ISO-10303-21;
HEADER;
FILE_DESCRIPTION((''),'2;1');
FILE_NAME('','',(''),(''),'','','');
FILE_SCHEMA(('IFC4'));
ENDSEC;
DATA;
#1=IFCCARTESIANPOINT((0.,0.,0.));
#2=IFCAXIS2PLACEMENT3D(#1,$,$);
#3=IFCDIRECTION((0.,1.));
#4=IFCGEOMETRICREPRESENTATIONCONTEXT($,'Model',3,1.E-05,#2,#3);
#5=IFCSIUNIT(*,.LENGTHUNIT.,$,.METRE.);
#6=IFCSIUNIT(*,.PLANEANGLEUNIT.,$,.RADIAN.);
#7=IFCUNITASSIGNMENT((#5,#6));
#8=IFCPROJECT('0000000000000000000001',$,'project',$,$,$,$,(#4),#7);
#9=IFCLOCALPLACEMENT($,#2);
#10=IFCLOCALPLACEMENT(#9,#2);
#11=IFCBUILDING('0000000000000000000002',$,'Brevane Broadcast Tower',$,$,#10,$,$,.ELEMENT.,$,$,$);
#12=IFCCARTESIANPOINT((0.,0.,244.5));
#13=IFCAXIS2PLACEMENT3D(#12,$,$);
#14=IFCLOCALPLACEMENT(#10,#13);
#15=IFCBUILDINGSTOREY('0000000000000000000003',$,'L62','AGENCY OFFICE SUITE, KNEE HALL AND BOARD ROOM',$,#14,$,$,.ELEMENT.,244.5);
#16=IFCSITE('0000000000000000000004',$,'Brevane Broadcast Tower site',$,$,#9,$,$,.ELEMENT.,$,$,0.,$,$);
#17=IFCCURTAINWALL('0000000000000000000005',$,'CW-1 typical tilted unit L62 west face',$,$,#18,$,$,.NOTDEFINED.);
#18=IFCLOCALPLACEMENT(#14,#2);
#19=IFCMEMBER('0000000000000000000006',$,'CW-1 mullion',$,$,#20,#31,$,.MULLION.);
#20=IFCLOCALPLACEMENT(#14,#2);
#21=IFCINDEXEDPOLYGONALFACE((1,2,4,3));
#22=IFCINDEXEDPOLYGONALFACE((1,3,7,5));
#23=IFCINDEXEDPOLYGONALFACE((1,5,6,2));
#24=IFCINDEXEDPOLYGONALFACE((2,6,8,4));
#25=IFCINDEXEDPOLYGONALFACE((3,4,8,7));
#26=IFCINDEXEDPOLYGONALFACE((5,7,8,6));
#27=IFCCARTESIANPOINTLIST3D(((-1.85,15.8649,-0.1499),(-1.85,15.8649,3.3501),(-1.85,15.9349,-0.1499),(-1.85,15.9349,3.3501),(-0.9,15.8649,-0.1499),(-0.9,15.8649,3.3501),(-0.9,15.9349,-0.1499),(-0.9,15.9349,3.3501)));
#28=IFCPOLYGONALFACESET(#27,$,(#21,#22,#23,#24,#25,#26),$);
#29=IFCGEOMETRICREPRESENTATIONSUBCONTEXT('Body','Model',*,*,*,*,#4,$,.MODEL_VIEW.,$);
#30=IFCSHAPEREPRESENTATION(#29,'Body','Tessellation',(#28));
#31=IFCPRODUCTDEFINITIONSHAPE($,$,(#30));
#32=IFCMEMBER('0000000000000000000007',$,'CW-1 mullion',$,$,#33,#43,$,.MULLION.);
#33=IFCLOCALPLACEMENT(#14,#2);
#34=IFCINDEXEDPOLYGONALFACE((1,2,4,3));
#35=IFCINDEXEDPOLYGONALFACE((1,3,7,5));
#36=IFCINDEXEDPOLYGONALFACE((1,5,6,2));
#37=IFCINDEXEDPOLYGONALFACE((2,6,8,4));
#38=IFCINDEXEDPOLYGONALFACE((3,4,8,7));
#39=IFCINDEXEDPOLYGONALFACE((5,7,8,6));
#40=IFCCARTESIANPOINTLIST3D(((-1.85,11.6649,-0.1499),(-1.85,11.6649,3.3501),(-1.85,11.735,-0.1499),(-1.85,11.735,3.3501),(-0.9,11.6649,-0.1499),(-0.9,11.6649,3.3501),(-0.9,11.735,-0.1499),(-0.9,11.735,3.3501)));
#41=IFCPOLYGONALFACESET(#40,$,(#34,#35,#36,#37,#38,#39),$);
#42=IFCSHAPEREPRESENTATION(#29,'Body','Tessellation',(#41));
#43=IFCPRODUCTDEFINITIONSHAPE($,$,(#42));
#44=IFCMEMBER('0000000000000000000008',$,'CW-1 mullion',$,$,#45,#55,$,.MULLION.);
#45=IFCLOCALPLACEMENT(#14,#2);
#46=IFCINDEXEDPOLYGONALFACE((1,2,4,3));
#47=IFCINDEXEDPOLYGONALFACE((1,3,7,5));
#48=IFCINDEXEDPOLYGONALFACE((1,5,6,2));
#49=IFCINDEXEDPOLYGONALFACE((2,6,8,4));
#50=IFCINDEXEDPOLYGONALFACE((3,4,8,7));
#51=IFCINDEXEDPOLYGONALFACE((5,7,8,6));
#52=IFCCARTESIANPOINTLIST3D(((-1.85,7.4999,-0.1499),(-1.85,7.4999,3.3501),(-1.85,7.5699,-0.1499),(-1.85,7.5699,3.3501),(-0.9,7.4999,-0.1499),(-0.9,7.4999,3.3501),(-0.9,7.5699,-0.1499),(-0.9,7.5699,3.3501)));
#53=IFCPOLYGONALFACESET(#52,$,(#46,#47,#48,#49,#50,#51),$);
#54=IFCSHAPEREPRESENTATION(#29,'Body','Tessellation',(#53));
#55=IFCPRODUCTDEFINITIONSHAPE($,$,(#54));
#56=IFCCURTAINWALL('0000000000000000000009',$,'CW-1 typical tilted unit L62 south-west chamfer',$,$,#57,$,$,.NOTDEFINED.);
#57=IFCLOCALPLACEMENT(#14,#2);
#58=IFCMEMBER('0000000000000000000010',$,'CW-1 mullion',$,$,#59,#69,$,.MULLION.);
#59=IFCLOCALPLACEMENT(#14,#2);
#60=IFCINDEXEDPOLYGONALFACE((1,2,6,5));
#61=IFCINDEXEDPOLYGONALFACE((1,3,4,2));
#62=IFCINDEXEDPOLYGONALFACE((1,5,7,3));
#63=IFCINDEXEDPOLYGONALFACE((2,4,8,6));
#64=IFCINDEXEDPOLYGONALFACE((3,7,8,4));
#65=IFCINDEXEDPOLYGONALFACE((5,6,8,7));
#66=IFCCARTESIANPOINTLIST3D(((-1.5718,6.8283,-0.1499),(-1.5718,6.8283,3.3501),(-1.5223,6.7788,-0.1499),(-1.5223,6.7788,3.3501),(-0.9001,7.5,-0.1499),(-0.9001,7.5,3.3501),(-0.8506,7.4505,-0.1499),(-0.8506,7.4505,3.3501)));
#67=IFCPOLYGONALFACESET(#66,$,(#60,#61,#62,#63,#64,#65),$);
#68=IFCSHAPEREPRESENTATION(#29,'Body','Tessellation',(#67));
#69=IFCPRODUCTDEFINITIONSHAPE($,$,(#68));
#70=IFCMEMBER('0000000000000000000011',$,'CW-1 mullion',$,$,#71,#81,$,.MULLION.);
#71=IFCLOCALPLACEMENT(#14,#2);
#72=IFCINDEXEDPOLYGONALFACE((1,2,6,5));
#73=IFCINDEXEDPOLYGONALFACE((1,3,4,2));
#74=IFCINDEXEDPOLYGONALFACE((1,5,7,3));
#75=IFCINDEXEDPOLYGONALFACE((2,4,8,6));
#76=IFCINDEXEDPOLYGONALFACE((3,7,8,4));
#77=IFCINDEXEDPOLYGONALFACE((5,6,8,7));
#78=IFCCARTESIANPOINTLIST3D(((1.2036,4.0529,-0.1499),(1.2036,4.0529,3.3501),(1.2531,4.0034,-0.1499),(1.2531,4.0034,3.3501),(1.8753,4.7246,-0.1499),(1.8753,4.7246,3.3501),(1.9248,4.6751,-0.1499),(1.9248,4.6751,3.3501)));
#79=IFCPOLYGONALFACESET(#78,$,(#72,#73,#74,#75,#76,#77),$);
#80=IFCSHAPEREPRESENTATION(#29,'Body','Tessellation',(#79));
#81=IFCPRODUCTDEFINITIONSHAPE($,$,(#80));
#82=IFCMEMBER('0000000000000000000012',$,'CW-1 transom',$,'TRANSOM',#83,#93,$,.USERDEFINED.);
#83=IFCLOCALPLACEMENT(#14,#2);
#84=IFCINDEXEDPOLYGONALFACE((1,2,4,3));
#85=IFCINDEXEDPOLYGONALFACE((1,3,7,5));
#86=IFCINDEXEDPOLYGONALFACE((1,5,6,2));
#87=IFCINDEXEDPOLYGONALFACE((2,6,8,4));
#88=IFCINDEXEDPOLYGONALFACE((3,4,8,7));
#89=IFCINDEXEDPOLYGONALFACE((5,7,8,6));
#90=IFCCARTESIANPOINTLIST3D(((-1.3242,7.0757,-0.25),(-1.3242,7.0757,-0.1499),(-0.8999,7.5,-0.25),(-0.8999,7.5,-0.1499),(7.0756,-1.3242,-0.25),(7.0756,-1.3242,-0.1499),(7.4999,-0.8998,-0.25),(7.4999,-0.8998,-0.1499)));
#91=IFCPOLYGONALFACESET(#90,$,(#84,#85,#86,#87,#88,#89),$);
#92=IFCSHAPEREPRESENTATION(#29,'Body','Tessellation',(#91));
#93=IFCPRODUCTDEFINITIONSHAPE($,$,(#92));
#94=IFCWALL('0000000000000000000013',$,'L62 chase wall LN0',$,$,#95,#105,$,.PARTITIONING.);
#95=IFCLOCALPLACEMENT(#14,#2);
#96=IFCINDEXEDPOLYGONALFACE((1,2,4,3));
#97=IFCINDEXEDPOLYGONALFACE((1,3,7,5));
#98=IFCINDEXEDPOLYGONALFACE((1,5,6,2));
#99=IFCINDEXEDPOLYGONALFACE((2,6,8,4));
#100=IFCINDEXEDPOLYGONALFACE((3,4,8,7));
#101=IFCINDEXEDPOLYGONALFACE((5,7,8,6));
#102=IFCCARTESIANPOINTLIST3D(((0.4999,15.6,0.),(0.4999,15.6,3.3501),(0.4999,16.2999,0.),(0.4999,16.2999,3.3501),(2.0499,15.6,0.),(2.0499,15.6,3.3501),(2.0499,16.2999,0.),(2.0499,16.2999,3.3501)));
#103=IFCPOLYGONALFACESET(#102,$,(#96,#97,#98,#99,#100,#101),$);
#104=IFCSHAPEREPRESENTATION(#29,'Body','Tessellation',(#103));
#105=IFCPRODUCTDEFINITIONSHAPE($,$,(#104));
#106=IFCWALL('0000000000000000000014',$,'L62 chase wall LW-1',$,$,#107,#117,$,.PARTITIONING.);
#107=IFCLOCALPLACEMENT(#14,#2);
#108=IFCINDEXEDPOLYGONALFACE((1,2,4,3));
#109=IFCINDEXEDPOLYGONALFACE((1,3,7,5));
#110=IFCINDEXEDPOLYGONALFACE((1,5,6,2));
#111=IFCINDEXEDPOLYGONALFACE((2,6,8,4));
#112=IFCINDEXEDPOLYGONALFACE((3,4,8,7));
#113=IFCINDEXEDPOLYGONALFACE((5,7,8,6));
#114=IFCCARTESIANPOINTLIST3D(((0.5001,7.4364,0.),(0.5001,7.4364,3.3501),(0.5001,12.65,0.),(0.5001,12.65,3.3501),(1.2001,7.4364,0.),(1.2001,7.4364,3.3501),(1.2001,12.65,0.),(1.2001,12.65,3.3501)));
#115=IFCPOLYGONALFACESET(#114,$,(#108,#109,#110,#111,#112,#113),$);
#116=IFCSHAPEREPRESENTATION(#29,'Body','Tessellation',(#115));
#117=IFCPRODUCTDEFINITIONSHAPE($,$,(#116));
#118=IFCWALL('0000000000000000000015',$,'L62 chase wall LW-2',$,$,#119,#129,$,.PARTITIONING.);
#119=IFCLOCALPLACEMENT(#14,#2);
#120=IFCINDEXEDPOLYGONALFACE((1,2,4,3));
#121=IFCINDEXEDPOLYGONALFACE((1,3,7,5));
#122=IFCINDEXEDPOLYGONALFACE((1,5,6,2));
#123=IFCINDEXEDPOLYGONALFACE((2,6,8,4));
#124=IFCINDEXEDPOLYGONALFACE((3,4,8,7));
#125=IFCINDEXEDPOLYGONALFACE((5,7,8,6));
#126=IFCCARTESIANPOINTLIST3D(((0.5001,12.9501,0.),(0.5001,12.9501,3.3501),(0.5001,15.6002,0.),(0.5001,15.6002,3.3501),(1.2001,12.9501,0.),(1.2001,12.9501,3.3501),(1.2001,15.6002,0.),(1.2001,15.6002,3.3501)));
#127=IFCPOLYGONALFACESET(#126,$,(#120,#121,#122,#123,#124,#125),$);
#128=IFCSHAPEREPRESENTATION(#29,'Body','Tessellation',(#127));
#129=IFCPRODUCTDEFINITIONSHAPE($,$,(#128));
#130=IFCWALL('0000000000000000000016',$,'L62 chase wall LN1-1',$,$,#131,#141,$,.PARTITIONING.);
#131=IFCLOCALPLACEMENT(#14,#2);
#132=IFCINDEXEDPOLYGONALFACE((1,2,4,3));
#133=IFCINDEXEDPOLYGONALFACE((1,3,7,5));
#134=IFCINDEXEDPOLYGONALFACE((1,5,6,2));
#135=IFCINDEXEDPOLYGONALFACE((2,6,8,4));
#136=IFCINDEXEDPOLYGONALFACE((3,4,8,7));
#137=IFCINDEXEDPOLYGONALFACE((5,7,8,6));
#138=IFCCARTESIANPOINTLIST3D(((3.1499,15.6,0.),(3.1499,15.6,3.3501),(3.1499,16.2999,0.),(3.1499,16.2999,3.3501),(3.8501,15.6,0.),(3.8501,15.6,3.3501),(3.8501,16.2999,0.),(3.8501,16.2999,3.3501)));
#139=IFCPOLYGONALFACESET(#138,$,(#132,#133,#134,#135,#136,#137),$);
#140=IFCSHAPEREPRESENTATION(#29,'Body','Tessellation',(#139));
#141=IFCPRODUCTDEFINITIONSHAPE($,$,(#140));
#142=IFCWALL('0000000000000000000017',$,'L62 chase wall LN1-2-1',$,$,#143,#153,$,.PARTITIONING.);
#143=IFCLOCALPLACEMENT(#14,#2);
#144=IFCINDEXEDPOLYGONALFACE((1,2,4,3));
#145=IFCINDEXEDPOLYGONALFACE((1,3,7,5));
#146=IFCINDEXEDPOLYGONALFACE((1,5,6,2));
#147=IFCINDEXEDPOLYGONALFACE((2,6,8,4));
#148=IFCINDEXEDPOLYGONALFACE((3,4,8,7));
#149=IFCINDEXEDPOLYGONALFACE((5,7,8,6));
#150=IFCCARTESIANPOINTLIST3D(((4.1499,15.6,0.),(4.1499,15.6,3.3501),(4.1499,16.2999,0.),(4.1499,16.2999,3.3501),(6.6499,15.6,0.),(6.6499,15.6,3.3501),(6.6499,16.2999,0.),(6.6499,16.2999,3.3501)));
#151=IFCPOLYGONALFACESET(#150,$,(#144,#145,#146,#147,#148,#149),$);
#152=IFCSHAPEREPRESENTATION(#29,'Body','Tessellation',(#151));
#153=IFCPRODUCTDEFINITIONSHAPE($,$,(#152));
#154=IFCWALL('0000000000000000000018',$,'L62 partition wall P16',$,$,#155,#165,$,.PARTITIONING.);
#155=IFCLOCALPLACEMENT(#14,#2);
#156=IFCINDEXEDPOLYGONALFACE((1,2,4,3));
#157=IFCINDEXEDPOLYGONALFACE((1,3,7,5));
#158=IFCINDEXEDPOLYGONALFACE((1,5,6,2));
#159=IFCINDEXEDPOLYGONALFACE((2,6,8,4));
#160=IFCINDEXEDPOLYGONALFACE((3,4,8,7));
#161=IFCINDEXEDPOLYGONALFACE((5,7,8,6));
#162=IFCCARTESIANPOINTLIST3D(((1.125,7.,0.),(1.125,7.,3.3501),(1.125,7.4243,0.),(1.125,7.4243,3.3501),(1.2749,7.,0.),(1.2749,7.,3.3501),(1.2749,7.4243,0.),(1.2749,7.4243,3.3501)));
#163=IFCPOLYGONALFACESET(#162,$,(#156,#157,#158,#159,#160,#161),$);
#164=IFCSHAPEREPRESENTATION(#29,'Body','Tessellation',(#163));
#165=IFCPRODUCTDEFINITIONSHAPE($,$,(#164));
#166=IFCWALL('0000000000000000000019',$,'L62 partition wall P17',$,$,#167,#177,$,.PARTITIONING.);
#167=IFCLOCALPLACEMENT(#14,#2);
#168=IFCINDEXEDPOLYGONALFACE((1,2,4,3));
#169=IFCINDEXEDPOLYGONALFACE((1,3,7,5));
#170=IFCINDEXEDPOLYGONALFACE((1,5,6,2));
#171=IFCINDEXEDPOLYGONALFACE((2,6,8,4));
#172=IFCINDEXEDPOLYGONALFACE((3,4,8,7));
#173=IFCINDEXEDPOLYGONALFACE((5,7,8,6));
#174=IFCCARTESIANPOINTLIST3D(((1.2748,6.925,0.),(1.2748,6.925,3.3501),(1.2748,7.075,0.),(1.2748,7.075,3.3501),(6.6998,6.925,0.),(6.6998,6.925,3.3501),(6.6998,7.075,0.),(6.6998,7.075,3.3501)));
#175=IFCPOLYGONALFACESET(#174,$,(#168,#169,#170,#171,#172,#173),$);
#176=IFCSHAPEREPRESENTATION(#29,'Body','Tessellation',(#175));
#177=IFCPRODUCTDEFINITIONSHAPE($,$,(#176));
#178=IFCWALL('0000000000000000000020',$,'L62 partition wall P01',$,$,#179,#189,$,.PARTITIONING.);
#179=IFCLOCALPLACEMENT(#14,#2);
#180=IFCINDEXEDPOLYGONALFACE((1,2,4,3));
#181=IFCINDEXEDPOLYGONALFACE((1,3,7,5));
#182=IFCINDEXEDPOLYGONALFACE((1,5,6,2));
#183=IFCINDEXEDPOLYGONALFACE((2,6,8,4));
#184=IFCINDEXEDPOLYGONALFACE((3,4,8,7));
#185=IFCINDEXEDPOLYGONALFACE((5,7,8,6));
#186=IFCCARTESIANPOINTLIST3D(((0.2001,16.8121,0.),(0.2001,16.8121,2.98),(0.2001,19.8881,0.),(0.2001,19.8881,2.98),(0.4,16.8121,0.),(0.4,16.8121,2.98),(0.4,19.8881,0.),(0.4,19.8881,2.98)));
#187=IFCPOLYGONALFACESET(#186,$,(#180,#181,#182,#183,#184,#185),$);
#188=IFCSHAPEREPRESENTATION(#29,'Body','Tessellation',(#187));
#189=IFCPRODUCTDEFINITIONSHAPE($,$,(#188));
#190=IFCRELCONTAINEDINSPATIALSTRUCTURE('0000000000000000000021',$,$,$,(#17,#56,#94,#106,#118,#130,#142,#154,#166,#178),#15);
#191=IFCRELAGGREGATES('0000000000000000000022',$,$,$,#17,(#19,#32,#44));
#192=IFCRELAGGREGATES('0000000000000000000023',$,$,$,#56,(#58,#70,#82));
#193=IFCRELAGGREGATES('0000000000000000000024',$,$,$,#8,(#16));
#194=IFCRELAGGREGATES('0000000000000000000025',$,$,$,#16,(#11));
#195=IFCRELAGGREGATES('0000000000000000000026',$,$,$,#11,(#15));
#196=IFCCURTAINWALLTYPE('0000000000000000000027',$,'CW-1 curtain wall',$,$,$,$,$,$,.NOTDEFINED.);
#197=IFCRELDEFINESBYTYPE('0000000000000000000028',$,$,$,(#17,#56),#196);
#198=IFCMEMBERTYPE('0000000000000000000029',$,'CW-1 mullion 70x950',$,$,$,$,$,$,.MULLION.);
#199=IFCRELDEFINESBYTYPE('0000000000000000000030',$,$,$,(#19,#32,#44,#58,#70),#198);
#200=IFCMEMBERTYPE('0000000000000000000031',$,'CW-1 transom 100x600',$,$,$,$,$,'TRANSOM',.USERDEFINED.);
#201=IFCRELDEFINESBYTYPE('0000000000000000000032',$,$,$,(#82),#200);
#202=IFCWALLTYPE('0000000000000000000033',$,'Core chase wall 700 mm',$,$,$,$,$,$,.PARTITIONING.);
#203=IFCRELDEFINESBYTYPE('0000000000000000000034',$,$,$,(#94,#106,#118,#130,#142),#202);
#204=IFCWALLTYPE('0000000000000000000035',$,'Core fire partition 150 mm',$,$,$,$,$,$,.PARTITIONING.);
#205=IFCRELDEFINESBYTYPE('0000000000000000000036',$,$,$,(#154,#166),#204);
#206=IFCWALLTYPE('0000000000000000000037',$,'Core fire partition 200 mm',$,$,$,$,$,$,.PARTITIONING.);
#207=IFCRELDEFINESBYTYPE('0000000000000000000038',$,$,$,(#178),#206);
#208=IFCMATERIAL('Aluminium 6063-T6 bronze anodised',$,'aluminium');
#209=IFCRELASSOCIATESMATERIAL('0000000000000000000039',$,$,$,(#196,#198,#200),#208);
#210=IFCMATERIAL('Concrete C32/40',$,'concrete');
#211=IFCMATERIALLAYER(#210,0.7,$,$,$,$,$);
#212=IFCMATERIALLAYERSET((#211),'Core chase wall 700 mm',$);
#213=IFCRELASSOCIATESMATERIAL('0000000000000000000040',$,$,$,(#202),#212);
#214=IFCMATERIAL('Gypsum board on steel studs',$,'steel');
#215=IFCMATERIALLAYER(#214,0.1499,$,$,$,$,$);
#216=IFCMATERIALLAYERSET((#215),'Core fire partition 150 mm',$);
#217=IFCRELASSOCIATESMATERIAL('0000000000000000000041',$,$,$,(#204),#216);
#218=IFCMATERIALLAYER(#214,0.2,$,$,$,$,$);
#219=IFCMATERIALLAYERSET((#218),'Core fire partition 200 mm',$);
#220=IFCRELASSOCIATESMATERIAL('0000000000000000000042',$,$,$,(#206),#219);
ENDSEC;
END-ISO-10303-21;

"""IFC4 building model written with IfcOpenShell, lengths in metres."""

from ifc_helpers import new_model, si_unit, direction, frame, frame_2d, origin, origin_2d, place, context, subcontext, project, spatial, rectangle, extrude, material, layer, layer_set, material_profile, profile_set, type_object, element, aggregate, save


model = new_model("IFC4")

# Units and contexts
model_context = context("Model", 3, precision=1e-05, world=origin(), true_north=direction((0.0, 1.0)))
body_context = subcontext(model_context, "Body", "Model", "MODEL_VIEW")
ifc_project = project(units=[si_unit("LENGTHUNIT", "METRE"), si_unit("PLANEANGLEUNIT", "RADIAN")], contexts=[model_context])

# Site, building, storey
site_placement = place(None, origin())
site = spatial("IfcSite", under=ifc_project, at=site_placement, Name="Brevane Broadcast Tower site", CompositionType="ELEMENT", RefElevation=0.0)
building_placement = place(site_placement, origin())
building = spatial("IfcBuilding", under=site, at=building_placement, Name="Brevane Broadcast Tower", CompositionType="ELEMENT")
storey_placement = place(building_placement, frame((0.0, 0.0, 244.5)))
storey = spatial("IfcBuildingStorey", under=building, at=storey_placement, Name="L62", Description="AGENCY OFFICE SUITE, KNEE HALL AND BOARD ROOM", CompositionType="ELEMENT", Elevation=244.5)

# Curtain walls, members
ifc_material_1 = material(Name="Aluminium 6063-T6 bronze anodised", Category="aluminium")
curtain_wall_type = type_object("IfcCurtainWallType", Name="CW-1 curtain wall", PredefinedType="NOTDEFINED", material=ifc_material_1)
curtain_wall_1_placement = place(storey_placement, origin())
curtain_wall_1 = element("IfcCurtainWall", 1, at=curtain_wall_1_placement, inside=storey, type_object=curtain_wall_type, Name="CW-1 typical tilted unit L62 west face", PredefinedType="NOTDEFINED")
ifc_material_profile_1 = material_profile(ifc_material_1, rectangle(XDim=0.95, YDim=0.0701, at=origin_2d()), Name="RECT 70x950")
ifc_profile_set_1 = profile_set([ifc_material_profile_1], Name="Aluminium 6063-T6 bronze anodised")
member_type_1 = type_object("IfcMemberType", Name="CW-1 mullion 70x950", PredefinedType="MULLION", material=ifc_profile_set_1)
member_1_placement = place(storey_placement, frame((-1.375, 15.8999, -0.1499), z_axis=(0.0, 0.0, 1.0), x_axis=(1.0, 0.0, 0.0)))
member_1 = element("IfcMember", 2, at=member_1_placement, type_object=member_type_1, Name="CW-1 mullion", PredefinedType="MULLION", context=body_context, shape_type="SweptSolid", body=[
    extrude(rectangle(XDim=0.95, YDim=0.0701, at=origin_2d()), origin(), (0.0, 0.0, 1.0), 3.5),
])
member_2_placement = place(storey_placement, frame((-1.375, 11.7, -0.1499), z_axis=(0.0, 0.0, 1.0), x_axis=(1.0, 0.0, 0.0)))
member_2 = element("IfcMember", 3, at=member_2_placement, type_object=member_type_1, Name="CW-1 mullion", PredefinedType="MULLION", context=body_context, shape_type="SweptSolid", body=[
    extrude(rectangle(XDim=0.95, YDim=0.0701, at=origin_2d()), origin(), (0.0, 0.0, 1.0), 3.5),
])
member_3_placement = place(storey_placement, frame((-1.375, 7.5349, -0.1499), z_axis=(0.0, 0.0, 1.0), x_axis=(1.0, 0.0, 0.0)))
member_3 = element("IfcMember", 4, at=member_3_placement, type_object=member_type_1, Name="CW-1 mullion", PredefinedType="MULLION", context=body_context, shape_type="SweptSolid", body=[
    extrude(rectangle(XDim=0.95, YDim=0.0701, at=origin_2d()), origin(), (0.0, 0.0, 1.0), 3.5),
])
aggregate(curtain_wall_1, [member_1, member_2, member_3])
curtain_wall_2_placement = place(storey_placement, origin())
curtain_wall_2 = element("IfcCurtainWall", 5, at=curtain_wall_2_placement, inside=storey, type_object=curtain_wall_type, Name="CW-1 typical tilted unit L62 south-west chamfer", PredefinedType="NOTDEFINED")
member_4_placement = place(storey_placement, frame((-1.2112, 7.1394, -0.1499), z_axis=(0.0, 0.0, 1.0), x_axis=(0.707107, 0.707107, 0.0)))
member_4 = element("IfcMember", 6, at=member_4_placement, type_object=member_type_1, Name="CW-1 mullion", PredefinedType="MULLION", context=body_context, shape_type="SweptSolid", body=[
    extrude(rectangle(XDim=0.95, YDim=0.0701, at=origin_2d()), origin(), (0.0, 0.0, 1.0), 3.5),
])
member_5_placement = place(storey_placement, frame((1.5642, 4.364, -0.1499), z_axis=(0.0, 0.0, 1.0), x_axis=(0.707107, 0.707107, 0.0)))
member_5 = element("IfcMember", 7, at=member_5_placement, type_object=member_type_1, Name="CW-1 mullion", PredefinedType="MULLION", context=body_context, shape_type="SweptSolid", body=[
    extrude(rectangle(XDim=0.95, YDim=0.0701, at=origin_2d()), origin(), (0.0, 0.0, 1.0), 3.5),
])
ifc_material_profile_2 = material_profile(ifc_material_1, rectangle(XDim=0.6001, YDim=0.1001, at=origin_2d()), Name="RECT 100x600")
ifc_profile_set_2 = profile_set([ifc_material_profile_2], Name="Aluminium 6063-T6 bronze anodised")
member_type_2 = type_object("IfcMemberType", Name="CW-1 transom 100x600", ElementType="TRANSOM", PredefinedType="USERDEFINED", material=ifc_profile_set_2)
member_6_placement = place(storey_placement, frame((-1.1121, 7.2878, -0.2), z_axis=(0.707107, -0.707107, 0.0), x_axis=(0.707107, 0.707107, 0.0)))
member_6 = element("IfcMember", 8, at=member_6_placement, type_object=member_type_2, Name="CW-1 transom", ObjectType="TRANSOM", PredefinedType="USERDEFINED", context=body_context, shape_type="SweptSolid", body=[
    extrude(rectangle(XDim=0.6001, YDim=0.1001, at=origin_2d()), origin(), (0.0, 0.0, 1.0), 11.8792),
])
aggregate(curtain_wall_2, [member_4, member_5, member_6])

# Walls
ifc_material_2 = material(Name="Concrete C32/40", Category="concrete")
ifc_layer_1 = layer(ifc_material_2, 0.7)
ifc_layer_set_1 = layer_set([ifc_layer_1], Name="Core chase wall 700 mm")
wall_type_1 = type_object("IfcWallType", Name="Core chase wall 700 mm", PredefinedType="PARTITIONING", material=ifc_layer_set_1)
wall_1_placement = place(storey_placement, frame((0.5, 15.95, 0.0), z_axis=(0.0, 0.0, 1.0), x_axis=(1.0, 0.0, 0.0)))
element("IfcWall", 9, at=wall_1_placement, inside=storey, type_object=wall_type_1, Name="L62 chase wall LN0", PredefinedType="PARTITIONING", context=body_context, shape_type="SweptSolid", body=[
    extrude(rectangle(XDim=1.55, YDim=0.7, at=frame_2d((0.7749, 0.0))), origin(), (0.0, 0.0, 1.0), 3.3501),
])
wall_2_placement = place(storey_placement, frame((0.8501, 7.4363, 0.0), z_axis=(0.0, 0.0, 1.0), x_axis=(0.0, 1.0, 0.0)))
element("IfcWall", 10, at=wall_2_placement, inside=storey, type_object=wall_type_1, Name="L62 chase wall LW-1", PredefinedType="PARTITIONING", context=body_context, shape_type="SweptSolid", body=[
    extrude(rectangle(XDim=5.2136, YDim=0.7, at=frame_2d((2.6069, 0.0))), origin(), (0.0, 0.0, 1.0), 3.3501),
])
wall_3_placement = place(storey_placement, frame((0.8501, 12.95, 0.0), z_axis=(0.0, 0.0, 1.0), x_axis=(0.0, 1.0, 0.0)))
element("IfcWall", 11, at=wall_3_placement, inside=storey, type_object=wall_type_1, Name="L62 chase wall LW-2", PredefinedType="PARTITIONING", context=body_context, shape_type="SweptSolid", body=[
    extrude(rectangle(XDim=2.6501, YDim=0.7, at=frame_2d((1.3252, 0.0))), origin(), (0.0, 0.0, 1.0), 3.3501),
])
wall_4_placement = place(storey_placement, frame((3.1499, 15.95, 0.0), z_axis=(0.0, 0.0, 1.0), x_axis=(1.0, 0.0, 0.0)))
element("IfcWall", 12, at=wall_4_placement, inside=storey, type_object=wall_type_1, Name="L62 chase wall LN1-1", PredefinedType="PARTITIONING", context=body_context, shape_type="SweptSolid", body=[
    extrude(rectangle(XDim=0.7002, YDim=0.7, at=frame_2d((0.3501, 0.0))), origin(), (0.0, 0.0, 1.0), 3.3501),
])
wall_5_placement = place(storey_placement, frame((4.1499, 15.95, 0.0), z_axis=(0.0, 0.0, 1.0), x_axis=(1.0, 0.0, 0.0)))
element("IfcWall", 13, at=wall_5_placement, inside=storey, type_object=wall_type_1, Name="L62 chase wall LN1-2-1", PredefinedType="PARTITIONING", context=body_context, shape_type="SweptSolid", body=[
    extrude(rectangle(XDim=2.5, YDim=0.7, at=frame_2d((1.25, 0.0))), origin(), (0.0, 0.0, 1.0), 3.3501),
])
ifc_material_3 = material(Name="Gypsum board on steel studs", Category="steel")
ifc_layer_2 = layer(ifc_material_3, 0.1499)
ifc_layer_set_2 = layer_set([ifc_layer_2], Name="Core fire partition 150 mm")
wall_type_2 = type_object("IfcWallType", Name="Core fire partition 150 mm", PredefinedType="PARTITIONING", material=ifc_layer_set_2)
wall_6_placement = place(storey_placement, frame((1.2, 7.4243, 0.0), z_axis=(0.0, 0.0, 1.0), x_axis=(0.0, -1.0, 0.0)))
element("IfcWall", 14, at=wall_6_placement, inside=storey, type_object=wall_type_2, Name="L62 partition wall P16", PredefinedType="PARTITIONING", context=body_context, shape_type="SweptSolid", body=[
    extrude(rectangle(XDim=0.4243, YDim=0.1499, at=frame_2d((0.2122, 0.0))), origin(), (0.0, 0.0, 1.0), 3.3501),
])
wall_7_placement = place(storey_placement, frame((1.2749, 7.0, 0.0), z_axis=(0.0, 0.0, 1.0), x_axis=(1.0, 0.0, 0.0)))
element("IfcWall", 15, at=wall_7_placement, inside=storey, type_object=wall_type_2, Name="L62 partition wall P17", PredefinedType="PARTITIONING", context=body_context, shape_type="SweptSolid", body=[
    extrude(rectangle(XDim=5.425, YDim=0.1499, at=frame_2d((2.7124, 0.0))), origin(), (0.0, 0.0, 1.0), 3.3501),
])
ifc_layer_3 = layer(ifc_material_3, 0.2)
ifc_layer_set_3 = layer_set([ifc_layer_3], Name="Core fire partition 200 mm")
wall_type_3 = type_object("IfcWallType", Name="Core fire partition 200 mm", PredefinedType="PARTITIONING", material=ifc_layer_set_3)
wall_8_placement = place(storey_placement, frame((0.3, 16.812, 0.0), z_axis=(0.0, 0.0, 1.0), x_axis=(0.0, 1.0, 0.0)))
element("IfcWall", 16, at=wall_8_placement, inside=storey, type_object=wall_type_3, Name="L62 partition wall P01", PredefinedType="PARTITIONING", context=body_context, shape_type="SweptSolid", body=[
    extrude(rectangle(XDim=3.0759, YDim=0.2, at=frame_2d((1.5381, 0.0))), origin(), (0.0, 0.0, 1.0), 2.98),
])

save(model, "model.ifc")
